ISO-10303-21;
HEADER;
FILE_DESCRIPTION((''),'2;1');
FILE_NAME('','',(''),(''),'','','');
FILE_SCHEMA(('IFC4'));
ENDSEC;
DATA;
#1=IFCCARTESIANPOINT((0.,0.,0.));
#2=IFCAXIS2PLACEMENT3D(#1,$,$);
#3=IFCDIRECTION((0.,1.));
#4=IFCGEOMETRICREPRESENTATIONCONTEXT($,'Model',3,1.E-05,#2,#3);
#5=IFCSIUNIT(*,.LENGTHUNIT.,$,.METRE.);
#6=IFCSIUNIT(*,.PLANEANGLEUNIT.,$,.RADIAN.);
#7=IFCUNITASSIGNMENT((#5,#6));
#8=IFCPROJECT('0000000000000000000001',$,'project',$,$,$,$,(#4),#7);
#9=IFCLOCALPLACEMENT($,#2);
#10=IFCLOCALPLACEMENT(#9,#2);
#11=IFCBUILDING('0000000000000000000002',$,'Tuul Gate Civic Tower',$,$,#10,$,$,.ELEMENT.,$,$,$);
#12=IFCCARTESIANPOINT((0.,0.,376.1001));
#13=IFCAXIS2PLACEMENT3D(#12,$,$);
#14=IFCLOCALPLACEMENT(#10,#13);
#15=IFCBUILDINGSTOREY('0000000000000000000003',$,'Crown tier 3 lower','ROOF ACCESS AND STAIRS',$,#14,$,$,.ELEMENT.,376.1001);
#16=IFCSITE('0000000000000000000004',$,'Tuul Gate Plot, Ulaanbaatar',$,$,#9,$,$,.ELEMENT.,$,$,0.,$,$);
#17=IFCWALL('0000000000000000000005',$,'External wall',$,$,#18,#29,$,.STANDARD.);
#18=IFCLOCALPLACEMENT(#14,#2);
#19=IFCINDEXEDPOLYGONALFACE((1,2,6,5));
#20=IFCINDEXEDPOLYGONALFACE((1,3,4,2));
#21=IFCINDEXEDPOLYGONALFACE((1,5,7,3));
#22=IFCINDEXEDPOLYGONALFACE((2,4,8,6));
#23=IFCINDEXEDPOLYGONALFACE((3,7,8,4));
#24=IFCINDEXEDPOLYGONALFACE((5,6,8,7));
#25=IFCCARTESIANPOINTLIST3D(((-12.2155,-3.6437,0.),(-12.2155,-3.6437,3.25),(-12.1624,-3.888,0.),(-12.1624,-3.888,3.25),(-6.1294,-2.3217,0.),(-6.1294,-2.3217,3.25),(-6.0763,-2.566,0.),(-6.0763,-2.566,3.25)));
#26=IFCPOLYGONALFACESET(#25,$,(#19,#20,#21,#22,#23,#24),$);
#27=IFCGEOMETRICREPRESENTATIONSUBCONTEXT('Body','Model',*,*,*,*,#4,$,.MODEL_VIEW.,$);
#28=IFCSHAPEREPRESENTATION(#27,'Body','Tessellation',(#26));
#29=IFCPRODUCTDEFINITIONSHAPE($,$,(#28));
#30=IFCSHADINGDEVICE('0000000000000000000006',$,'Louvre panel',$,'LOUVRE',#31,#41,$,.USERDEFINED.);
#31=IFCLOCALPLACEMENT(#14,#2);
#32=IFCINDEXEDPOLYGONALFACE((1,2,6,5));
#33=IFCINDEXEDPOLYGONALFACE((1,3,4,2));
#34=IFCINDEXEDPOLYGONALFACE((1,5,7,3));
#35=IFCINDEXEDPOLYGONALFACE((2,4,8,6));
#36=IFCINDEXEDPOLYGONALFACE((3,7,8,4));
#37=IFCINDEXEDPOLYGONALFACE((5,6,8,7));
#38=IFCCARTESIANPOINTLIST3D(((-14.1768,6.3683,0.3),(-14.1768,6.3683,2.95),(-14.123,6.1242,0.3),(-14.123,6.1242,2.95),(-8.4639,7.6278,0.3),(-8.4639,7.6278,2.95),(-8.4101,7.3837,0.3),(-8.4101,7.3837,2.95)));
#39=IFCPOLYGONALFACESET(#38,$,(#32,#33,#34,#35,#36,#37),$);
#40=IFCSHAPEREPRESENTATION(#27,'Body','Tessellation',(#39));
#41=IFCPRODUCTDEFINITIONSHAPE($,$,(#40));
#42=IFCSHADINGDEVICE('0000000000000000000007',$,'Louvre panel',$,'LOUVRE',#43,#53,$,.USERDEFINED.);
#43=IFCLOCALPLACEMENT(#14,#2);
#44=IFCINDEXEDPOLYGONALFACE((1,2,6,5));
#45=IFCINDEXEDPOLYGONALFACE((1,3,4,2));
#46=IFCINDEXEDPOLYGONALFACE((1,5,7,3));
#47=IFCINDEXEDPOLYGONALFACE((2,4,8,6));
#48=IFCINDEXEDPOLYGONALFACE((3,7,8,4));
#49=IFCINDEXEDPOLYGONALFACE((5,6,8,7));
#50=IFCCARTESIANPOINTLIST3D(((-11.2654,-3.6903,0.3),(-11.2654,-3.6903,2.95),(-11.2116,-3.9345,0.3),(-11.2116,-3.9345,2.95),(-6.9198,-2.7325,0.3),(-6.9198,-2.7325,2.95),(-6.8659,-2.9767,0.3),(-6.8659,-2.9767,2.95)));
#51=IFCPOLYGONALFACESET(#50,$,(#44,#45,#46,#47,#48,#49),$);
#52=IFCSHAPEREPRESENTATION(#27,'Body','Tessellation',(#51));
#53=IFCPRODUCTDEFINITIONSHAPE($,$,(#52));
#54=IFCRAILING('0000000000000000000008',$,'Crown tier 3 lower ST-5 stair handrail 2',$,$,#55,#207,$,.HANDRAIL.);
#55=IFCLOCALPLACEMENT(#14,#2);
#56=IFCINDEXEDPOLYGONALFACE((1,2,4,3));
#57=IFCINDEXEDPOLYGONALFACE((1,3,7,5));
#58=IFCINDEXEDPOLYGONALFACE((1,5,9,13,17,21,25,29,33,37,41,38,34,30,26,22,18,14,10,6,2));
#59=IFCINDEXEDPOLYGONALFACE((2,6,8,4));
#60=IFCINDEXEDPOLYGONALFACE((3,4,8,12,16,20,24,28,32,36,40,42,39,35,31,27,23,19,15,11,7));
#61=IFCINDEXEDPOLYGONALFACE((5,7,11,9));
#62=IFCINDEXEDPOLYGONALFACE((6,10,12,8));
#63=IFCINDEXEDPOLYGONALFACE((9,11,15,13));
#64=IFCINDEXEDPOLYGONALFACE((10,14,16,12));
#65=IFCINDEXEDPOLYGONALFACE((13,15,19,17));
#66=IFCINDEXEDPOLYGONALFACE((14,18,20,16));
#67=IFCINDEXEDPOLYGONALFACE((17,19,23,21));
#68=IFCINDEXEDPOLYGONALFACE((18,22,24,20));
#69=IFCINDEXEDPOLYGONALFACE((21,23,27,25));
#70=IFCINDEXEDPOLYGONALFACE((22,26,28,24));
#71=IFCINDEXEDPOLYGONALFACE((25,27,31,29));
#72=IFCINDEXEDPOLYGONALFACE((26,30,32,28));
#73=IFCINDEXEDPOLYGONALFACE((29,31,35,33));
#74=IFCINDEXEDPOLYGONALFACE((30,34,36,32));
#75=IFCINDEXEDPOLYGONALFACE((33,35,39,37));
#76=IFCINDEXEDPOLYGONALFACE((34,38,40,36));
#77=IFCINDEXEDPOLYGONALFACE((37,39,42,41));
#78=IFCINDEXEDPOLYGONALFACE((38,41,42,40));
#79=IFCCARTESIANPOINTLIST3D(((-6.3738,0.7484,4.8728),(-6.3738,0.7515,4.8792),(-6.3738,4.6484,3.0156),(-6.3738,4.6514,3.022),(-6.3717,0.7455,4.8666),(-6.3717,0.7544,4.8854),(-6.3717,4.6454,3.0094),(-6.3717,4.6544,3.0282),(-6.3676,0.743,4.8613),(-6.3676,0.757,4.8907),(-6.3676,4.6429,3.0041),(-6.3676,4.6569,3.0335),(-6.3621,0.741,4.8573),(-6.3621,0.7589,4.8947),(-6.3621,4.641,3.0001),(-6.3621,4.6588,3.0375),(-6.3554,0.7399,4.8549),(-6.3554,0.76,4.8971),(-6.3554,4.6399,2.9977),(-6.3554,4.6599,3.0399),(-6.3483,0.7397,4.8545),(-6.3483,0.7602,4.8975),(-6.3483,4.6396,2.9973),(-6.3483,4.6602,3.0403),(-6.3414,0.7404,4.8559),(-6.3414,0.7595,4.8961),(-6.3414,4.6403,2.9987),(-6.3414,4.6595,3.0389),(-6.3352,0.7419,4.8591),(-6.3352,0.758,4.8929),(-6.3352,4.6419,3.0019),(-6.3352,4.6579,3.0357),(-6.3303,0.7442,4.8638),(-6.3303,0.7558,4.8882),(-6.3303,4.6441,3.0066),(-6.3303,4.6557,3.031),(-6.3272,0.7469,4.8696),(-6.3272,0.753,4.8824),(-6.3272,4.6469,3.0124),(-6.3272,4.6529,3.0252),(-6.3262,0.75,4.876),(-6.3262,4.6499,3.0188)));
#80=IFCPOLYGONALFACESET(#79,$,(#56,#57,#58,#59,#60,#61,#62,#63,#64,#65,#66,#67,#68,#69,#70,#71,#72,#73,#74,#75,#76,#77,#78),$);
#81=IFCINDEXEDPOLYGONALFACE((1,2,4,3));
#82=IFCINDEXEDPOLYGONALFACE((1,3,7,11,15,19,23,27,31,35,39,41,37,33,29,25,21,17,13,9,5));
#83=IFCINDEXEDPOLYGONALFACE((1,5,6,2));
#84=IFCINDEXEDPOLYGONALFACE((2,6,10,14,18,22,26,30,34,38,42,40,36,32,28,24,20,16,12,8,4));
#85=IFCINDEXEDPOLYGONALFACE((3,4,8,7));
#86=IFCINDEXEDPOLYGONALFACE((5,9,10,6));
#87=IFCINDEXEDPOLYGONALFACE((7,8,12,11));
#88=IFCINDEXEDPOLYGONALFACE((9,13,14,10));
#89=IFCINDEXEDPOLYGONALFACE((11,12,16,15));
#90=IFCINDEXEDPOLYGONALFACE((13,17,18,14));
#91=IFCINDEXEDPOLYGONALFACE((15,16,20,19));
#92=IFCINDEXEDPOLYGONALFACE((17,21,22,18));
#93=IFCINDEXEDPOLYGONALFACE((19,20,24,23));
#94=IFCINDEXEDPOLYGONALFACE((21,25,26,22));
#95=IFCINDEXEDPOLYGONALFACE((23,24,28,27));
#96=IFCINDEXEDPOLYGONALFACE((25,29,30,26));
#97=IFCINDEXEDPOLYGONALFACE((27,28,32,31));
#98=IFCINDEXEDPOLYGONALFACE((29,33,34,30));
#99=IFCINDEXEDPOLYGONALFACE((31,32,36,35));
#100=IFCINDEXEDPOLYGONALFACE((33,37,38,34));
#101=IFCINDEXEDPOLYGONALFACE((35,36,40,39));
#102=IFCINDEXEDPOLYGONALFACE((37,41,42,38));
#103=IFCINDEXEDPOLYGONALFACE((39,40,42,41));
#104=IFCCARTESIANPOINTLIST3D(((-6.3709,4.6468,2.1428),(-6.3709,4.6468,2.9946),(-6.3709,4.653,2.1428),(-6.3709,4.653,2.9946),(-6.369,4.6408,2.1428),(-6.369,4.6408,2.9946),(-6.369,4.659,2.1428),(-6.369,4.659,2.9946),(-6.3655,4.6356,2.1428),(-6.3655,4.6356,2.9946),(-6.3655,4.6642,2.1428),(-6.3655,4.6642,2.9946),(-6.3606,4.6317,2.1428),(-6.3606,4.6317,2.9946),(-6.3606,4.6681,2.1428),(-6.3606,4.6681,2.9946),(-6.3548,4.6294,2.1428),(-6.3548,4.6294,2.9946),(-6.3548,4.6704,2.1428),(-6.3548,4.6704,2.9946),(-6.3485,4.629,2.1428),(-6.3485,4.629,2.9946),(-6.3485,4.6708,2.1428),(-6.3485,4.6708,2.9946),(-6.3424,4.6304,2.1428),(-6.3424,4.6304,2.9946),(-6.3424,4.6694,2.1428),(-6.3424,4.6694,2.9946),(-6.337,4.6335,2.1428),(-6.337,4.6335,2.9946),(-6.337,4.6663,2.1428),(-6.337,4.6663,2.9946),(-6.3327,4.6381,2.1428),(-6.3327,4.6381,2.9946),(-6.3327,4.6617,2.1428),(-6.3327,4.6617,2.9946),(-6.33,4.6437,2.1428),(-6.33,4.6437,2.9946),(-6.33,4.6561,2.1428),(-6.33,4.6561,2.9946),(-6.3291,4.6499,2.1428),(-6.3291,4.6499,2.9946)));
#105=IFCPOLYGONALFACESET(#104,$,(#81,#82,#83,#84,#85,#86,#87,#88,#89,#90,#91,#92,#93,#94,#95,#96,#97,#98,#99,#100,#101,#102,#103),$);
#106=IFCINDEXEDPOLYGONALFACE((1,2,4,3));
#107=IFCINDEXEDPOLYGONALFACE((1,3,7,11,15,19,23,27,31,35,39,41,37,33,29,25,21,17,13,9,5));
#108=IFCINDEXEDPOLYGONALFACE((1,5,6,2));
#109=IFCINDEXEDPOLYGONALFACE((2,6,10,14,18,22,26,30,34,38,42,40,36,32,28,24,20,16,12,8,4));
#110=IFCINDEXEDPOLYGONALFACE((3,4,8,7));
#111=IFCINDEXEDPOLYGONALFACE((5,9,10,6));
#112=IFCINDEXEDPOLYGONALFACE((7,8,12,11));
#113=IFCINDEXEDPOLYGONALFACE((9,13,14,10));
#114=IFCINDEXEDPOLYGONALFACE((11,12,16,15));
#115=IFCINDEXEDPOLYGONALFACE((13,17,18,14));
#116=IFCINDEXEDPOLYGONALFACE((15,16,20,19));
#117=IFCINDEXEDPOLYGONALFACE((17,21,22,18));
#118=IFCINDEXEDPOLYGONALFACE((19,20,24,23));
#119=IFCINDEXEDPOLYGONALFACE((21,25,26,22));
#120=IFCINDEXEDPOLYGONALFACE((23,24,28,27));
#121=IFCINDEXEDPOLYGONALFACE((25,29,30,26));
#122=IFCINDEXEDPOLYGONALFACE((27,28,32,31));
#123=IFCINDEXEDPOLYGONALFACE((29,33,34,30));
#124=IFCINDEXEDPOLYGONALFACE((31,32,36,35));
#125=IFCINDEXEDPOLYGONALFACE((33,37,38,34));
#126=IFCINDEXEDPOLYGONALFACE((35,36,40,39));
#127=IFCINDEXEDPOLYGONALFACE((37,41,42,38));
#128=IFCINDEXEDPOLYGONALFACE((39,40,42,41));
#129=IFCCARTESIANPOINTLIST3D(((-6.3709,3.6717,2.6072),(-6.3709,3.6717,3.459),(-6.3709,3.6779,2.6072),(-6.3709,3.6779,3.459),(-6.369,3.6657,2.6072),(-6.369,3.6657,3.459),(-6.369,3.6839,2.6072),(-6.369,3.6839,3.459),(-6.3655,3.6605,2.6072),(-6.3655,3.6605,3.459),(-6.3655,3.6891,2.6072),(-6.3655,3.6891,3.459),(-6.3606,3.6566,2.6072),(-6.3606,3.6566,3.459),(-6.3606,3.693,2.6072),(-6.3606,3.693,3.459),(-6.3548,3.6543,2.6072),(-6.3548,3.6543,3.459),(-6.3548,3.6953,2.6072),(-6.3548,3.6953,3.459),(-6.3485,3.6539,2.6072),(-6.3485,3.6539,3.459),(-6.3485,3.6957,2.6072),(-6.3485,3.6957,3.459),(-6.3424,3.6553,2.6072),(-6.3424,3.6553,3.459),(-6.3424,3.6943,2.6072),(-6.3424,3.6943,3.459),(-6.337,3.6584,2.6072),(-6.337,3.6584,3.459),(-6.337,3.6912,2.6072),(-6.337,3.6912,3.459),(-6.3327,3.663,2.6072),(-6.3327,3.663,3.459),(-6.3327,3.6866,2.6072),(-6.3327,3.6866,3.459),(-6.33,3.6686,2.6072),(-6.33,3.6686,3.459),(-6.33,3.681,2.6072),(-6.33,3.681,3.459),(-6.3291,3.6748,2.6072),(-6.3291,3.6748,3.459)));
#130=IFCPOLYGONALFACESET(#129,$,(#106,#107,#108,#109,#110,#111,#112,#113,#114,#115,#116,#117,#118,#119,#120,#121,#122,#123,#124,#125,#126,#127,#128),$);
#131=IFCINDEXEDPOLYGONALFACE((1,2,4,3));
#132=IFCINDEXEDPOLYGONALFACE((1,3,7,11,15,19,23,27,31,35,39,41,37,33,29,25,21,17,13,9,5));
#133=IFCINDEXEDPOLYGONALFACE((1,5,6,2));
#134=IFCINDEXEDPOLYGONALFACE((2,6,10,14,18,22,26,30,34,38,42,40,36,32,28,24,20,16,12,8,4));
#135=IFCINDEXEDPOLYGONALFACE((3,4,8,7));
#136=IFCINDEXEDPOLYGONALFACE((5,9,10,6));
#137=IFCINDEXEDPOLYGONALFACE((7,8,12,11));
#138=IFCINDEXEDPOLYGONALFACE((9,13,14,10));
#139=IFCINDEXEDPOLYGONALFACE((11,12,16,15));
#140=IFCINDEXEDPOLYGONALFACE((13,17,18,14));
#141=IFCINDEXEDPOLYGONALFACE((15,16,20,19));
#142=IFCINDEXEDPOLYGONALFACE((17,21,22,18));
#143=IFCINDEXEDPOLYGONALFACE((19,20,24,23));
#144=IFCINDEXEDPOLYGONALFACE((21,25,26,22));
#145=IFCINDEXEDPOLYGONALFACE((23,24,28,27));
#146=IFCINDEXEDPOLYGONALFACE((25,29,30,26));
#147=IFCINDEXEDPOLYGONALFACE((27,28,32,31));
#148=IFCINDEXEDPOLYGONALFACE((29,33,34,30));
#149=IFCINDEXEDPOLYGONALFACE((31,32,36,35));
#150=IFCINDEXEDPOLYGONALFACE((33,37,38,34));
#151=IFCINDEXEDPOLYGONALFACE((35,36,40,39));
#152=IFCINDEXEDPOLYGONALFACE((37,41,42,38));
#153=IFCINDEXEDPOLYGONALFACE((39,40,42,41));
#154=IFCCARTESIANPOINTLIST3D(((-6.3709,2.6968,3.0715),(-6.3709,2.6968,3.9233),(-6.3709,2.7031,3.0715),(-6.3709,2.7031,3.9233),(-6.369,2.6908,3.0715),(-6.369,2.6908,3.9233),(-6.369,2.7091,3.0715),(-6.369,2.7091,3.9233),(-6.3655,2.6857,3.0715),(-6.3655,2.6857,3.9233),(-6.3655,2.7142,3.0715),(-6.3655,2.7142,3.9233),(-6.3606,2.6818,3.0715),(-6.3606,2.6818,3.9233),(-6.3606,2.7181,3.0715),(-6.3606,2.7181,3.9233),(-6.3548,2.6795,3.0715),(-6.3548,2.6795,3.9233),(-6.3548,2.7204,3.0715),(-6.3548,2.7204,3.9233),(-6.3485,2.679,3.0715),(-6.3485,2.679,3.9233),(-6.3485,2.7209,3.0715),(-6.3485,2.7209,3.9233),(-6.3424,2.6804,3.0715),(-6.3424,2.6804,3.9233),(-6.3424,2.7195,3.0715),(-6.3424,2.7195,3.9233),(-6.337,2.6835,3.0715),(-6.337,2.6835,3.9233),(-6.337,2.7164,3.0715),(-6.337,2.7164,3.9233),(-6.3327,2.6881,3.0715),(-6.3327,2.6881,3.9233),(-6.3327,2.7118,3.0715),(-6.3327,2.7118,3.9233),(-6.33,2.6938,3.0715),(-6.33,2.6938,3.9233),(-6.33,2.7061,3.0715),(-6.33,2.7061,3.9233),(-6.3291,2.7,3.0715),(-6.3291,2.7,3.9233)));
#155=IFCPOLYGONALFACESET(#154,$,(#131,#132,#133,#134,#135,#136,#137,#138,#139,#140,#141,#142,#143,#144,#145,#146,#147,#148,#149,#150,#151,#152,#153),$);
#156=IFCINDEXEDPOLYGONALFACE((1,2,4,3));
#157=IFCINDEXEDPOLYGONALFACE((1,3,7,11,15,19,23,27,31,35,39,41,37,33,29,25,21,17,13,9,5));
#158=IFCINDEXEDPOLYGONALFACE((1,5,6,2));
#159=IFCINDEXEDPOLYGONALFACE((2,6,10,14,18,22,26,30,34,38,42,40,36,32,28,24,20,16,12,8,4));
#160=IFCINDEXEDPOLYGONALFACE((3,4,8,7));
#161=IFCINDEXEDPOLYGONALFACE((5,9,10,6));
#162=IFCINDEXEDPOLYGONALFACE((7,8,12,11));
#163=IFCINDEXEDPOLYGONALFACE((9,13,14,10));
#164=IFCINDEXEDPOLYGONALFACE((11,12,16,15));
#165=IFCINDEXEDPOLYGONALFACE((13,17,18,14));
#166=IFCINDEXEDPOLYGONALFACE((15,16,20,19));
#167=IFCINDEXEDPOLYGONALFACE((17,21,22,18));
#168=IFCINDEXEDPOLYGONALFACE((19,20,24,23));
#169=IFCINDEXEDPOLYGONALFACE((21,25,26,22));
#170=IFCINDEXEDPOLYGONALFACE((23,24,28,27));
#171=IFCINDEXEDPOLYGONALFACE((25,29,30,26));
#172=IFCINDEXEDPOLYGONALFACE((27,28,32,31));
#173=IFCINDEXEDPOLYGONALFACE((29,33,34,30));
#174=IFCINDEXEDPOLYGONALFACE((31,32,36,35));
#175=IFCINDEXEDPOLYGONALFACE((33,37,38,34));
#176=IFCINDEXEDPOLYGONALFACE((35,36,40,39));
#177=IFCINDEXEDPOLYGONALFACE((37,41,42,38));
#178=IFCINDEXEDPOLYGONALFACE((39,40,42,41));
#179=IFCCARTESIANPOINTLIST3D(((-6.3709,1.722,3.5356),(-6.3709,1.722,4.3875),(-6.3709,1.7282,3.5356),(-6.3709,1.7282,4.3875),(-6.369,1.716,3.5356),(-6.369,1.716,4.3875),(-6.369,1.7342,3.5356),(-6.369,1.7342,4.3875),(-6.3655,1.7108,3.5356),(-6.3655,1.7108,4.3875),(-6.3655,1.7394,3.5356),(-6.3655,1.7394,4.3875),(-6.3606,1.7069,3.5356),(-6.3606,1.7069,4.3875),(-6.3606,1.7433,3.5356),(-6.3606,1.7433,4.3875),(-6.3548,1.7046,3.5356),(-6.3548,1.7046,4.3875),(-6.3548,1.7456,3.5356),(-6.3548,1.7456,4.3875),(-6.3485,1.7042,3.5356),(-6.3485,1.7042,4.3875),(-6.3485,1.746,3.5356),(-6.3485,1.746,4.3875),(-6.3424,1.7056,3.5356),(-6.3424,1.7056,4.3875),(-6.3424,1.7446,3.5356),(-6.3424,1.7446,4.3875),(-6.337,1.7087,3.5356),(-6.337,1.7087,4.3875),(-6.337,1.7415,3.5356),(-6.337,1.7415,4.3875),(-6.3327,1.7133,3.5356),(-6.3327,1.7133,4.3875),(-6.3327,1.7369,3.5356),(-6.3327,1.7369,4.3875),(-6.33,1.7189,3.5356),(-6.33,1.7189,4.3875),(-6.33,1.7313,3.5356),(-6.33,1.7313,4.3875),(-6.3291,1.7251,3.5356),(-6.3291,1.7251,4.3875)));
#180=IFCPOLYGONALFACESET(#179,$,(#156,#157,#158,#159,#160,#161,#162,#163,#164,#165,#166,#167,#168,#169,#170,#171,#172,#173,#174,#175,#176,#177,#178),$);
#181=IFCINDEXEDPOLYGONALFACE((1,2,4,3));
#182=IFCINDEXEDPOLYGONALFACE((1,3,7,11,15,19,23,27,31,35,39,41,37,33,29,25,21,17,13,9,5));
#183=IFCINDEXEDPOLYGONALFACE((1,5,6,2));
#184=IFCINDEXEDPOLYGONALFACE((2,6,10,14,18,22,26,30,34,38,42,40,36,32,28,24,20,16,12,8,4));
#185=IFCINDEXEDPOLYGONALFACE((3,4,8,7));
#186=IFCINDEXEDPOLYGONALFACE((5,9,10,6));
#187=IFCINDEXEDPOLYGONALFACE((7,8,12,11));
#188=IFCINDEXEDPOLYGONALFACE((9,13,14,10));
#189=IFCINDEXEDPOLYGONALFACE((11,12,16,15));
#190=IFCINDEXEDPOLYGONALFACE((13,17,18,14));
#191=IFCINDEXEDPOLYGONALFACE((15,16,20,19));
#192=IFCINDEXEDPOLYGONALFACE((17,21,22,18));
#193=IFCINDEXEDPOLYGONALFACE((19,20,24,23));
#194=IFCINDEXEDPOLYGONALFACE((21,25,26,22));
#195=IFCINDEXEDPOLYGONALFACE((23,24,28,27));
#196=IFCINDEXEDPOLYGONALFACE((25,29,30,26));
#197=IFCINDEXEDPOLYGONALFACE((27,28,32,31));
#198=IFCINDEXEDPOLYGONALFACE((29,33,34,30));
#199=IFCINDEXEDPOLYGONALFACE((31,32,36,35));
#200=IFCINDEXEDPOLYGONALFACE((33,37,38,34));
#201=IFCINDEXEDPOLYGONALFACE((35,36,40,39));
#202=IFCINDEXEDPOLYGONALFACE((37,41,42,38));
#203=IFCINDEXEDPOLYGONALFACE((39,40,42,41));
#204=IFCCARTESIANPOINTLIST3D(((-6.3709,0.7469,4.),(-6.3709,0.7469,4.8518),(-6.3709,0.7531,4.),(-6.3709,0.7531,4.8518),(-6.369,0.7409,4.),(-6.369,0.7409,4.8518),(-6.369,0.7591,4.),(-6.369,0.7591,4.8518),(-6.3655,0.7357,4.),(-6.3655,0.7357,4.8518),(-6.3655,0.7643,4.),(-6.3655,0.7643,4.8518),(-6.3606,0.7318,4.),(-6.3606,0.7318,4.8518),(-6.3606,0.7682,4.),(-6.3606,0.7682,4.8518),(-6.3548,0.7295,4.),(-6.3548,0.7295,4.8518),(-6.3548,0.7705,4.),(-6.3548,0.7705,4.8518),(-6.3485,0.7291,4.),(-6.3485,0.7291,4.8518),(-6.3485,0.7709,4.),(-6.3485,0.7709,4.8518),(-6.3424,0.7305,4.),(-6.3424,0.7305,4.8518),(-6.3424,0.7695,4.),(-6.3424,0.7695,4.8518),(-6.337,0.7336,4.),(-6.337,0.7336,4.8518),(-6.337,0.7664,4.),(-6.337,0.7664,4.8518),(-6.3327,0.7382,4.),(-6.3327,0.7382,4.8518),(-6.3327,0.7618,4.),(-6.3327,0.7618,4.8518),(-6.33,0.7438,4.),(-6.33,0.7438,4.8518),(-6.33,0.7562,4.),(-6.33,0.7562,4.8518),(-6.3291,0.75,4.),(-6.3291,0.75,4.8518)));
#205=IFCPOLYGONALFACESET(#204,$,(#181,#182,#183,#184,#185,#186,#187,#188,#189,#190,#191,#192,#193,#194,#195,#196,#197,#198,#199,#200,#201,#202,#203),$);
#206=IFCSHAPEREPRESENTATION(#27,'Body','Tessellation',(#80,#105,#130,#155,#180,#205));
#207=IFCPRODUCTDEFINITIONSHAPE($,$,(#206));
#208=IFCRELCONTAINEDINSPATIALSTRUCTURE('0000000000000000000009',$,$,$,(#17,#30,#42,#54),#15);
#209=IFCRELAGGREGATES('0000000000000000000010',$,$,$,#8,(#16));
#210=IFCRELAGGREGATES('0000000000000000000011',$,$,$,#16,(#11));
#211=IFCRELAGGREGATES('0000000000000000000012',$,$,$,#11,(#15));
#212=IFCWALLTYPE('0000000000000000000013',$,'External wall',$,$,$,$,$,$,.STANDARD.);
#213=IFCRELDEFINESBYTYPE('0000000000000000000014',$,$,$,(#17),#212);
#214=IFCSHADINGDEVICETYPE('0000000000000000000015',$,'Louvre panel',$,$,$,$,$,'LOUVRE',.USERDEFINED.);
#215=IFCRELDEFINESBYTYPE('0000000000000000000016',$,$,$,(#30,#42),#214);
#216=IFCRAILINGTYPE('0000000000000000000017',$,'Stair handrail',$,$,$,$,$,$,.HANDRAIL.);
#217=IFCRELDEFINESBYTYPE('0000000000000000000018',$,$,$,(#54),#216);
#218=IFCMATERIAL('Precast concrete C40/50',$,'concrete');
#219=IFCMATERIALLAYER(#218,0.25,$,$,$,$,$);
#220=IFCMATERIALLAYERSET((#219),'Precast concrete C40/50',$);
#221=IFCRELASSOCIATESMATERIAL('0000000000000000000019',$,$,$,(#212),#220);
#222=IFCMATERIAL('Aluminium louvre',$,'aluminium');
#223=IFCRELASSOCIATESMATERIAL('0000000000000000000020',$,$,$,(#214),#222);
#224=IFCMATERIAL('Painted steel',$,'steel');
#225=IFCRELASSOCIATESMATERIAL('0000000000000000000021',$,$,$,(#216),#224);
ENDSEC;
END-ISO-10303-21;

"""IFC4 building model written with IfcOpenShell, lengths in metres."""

from ifc_helpers import new_model, si_unit, direction, frame, frame_2d, origin, origin_2d, place, context, subcontext, project, spatial, rectangle, circle, extrude, material, layer, layer_set, type_object, element, save


model = new_model("IFC4")

# Units and contexts
model_context = context("Model", 3, precision=1e-05, world=origin(), true_north=direction((0.0, 1.0)))
body_context = subcontext(model_context, "Body", "Model", "MODEL_VIEW")
ifc_project = project(units=[si_unit("LENGTHUNIT", "METRE"), si_unit("PLANEANGLEUNIT", "RADIAN")], contexts=[model_context])

# Site, building, storey
site_placement = place(None, origin())
site = spatial("IfcSite", under=ifc_project, at=site_placement, Name="Tuul Gate Plot, Ulaanbaatar", CompositionType="ELEMENT", RefElevation=0.0)
building_placement = place(site_placement, origin())
building = spatial("IfcBuilding", under=site, at=building_placement, Name="Tuul Gate Civic Tower", CompositionType="ELEMENT")
storey_placement = place(building_placement, frame((0.0, 0.0, 376.1001)))
storey = spatial("IfcBuildingStorey", under=building, at=storey_placement, Name="Crown tier 3 lower", Description="ROOF ACCESS AND STAIRS", CompositionType="ELEMENT", Elevation=376.1001)

# Wall
ifc_material_1 = material(Name="Precast concrete C40/50", Category="concrete")
ifc_layer_1 = layer(ifc_material_1, 0.25)
ifc_layer_set_1 = layer_set([ifc_layer_1], Name="Precast concrete C40/50")
wall_type_1 = type_object("IfcWallType", Name="External wall", PredefinedType="STANDARD", material=ifc_layer_set_1)
wall_1_placement = place(storey_placement, frame((-12.189, -3.7659, 0.0), z_axis=(0.0, 0.0, 1.0), x_axis=(0.977212, 0.212267, 0.0)))
element("IfcWall", 1, at=wall_1_placement, inside=storey, type_object=wall_type_1, Name="External wall", PredefinedType="STANDARD", context=body_context, shape_type="SweptSolid", body=[
    extrude(rectangle(XDim=6.228, YDim=0.25, at=frame_2d((3.114, 0.0))), origin(), (0.0, 0.0, 1.0), 3.25),
])

# Shading devices
ifc_material_2 = material(Name="Aluminium louvre", Category="aluminium")
shading_device_type = type_object("IfcShadingDeviceType", Name="Louvre panel", ElementType="LOUVRE", PredefinedType="USERDEFINED", material=ifc_material_2)
shading_device_1_placement = place(storey_placement, frame((-11.2935, 6.876, 0.3), z_axis=(0.0, 0.0, 1.0), x_axis=(-0.215298, 0.976548, 0.0)))
element("IfcShadingDevice", 2, at=shading_device_1_placement, inside=storey, type_object=shading_device_type, Name="Louvre panel", ObjectType="LOUVRE", PredefinedType="USERDEFINED", context=body_context, shape_type="SweptSolid", body=[
    extrude(rectangle(XDim=0.25, YDim=5.8501, at=origin_2d()), origin(), (0.0, 0.0, 1.0), 2.6499),
])
shading_device_2_placement = place(storey_placement, frame((-9.0657, -3.3335, 0.3), z_axis=(0.0, 0.0, 1.0), x_axis=(0.215243, -0.976561, 0.0)))
element("IfcShadingDevice", 3, at=shading_device_2_placement, inside=storey, type_object=shading_device_type, Name="Louvre panel", ObjectType="LOUVRE", PredefinedType="USERDEFINED", context=body_context, shape_type="SweptSolid", body=[
    extrude(rectangle(XDim=0.25, YDim=4.45, at=origin_2d()), origin(), (0.0, 0.0, 1.0), 2.6499),
])

# Railing
ifc_material_3 = material(Name="Painted steel", Category="steel")
railing_type = type_object("IfcRailingType", Name="Stair handrail", PredefinedType="HANDRAIL", material=ifc_material_3)
railing_placement = place(storey_placement, frame((-6.3501, 4.6499, 2.1428)))
element("IfcRailing", 4, at=railing_placement, inside=storey, type_object=railing_type, Name="Crown tier 3 lower ST-5 stair handrail 2", PredefinedType="HANDRAIL", context=body_context, shape_type="SweptSolid", body=[
    extrude(circle(Radius=0.0239, at=origin_2d()), frame((0.0, 0.0, 0.876), z_axis=(0.0, -0.902853, 0.429949), x_axis=(1.0, 0.0, 0.0)), (0.0, 0.0, 1.0), 4.3196),
    extrude(circle(Radius=0.021, at=origin_2d()), origin(), (0.0, 0.0, 1.0), 0.8518),
    extrude(circle(Radius=0.021, at=origin_2d()), frame((0.0, -0.9751, 0.4644)), (0.0, 0.0, 1.0), 0.8518),
    extrude(circle(Radius=0.021, at=origin_2d()), frame((0.0, -1.95, 0.9287)), (0.0, 0.0, 1.0), 0.8518),
    extrude(circle(Radius=0.021, at=origin_2d()), frame((0.0, -2.9248, 1.3928)), (0.0, 0.0, 1.0), 0.8518),
    extrude(circle(Radius=0.021, at=origin_2d()), frame((0.0, -3.8999, 1.8572)), (0.0, 0.0, 1.0), 0.8518),
])

save(model, "model.ifc")
